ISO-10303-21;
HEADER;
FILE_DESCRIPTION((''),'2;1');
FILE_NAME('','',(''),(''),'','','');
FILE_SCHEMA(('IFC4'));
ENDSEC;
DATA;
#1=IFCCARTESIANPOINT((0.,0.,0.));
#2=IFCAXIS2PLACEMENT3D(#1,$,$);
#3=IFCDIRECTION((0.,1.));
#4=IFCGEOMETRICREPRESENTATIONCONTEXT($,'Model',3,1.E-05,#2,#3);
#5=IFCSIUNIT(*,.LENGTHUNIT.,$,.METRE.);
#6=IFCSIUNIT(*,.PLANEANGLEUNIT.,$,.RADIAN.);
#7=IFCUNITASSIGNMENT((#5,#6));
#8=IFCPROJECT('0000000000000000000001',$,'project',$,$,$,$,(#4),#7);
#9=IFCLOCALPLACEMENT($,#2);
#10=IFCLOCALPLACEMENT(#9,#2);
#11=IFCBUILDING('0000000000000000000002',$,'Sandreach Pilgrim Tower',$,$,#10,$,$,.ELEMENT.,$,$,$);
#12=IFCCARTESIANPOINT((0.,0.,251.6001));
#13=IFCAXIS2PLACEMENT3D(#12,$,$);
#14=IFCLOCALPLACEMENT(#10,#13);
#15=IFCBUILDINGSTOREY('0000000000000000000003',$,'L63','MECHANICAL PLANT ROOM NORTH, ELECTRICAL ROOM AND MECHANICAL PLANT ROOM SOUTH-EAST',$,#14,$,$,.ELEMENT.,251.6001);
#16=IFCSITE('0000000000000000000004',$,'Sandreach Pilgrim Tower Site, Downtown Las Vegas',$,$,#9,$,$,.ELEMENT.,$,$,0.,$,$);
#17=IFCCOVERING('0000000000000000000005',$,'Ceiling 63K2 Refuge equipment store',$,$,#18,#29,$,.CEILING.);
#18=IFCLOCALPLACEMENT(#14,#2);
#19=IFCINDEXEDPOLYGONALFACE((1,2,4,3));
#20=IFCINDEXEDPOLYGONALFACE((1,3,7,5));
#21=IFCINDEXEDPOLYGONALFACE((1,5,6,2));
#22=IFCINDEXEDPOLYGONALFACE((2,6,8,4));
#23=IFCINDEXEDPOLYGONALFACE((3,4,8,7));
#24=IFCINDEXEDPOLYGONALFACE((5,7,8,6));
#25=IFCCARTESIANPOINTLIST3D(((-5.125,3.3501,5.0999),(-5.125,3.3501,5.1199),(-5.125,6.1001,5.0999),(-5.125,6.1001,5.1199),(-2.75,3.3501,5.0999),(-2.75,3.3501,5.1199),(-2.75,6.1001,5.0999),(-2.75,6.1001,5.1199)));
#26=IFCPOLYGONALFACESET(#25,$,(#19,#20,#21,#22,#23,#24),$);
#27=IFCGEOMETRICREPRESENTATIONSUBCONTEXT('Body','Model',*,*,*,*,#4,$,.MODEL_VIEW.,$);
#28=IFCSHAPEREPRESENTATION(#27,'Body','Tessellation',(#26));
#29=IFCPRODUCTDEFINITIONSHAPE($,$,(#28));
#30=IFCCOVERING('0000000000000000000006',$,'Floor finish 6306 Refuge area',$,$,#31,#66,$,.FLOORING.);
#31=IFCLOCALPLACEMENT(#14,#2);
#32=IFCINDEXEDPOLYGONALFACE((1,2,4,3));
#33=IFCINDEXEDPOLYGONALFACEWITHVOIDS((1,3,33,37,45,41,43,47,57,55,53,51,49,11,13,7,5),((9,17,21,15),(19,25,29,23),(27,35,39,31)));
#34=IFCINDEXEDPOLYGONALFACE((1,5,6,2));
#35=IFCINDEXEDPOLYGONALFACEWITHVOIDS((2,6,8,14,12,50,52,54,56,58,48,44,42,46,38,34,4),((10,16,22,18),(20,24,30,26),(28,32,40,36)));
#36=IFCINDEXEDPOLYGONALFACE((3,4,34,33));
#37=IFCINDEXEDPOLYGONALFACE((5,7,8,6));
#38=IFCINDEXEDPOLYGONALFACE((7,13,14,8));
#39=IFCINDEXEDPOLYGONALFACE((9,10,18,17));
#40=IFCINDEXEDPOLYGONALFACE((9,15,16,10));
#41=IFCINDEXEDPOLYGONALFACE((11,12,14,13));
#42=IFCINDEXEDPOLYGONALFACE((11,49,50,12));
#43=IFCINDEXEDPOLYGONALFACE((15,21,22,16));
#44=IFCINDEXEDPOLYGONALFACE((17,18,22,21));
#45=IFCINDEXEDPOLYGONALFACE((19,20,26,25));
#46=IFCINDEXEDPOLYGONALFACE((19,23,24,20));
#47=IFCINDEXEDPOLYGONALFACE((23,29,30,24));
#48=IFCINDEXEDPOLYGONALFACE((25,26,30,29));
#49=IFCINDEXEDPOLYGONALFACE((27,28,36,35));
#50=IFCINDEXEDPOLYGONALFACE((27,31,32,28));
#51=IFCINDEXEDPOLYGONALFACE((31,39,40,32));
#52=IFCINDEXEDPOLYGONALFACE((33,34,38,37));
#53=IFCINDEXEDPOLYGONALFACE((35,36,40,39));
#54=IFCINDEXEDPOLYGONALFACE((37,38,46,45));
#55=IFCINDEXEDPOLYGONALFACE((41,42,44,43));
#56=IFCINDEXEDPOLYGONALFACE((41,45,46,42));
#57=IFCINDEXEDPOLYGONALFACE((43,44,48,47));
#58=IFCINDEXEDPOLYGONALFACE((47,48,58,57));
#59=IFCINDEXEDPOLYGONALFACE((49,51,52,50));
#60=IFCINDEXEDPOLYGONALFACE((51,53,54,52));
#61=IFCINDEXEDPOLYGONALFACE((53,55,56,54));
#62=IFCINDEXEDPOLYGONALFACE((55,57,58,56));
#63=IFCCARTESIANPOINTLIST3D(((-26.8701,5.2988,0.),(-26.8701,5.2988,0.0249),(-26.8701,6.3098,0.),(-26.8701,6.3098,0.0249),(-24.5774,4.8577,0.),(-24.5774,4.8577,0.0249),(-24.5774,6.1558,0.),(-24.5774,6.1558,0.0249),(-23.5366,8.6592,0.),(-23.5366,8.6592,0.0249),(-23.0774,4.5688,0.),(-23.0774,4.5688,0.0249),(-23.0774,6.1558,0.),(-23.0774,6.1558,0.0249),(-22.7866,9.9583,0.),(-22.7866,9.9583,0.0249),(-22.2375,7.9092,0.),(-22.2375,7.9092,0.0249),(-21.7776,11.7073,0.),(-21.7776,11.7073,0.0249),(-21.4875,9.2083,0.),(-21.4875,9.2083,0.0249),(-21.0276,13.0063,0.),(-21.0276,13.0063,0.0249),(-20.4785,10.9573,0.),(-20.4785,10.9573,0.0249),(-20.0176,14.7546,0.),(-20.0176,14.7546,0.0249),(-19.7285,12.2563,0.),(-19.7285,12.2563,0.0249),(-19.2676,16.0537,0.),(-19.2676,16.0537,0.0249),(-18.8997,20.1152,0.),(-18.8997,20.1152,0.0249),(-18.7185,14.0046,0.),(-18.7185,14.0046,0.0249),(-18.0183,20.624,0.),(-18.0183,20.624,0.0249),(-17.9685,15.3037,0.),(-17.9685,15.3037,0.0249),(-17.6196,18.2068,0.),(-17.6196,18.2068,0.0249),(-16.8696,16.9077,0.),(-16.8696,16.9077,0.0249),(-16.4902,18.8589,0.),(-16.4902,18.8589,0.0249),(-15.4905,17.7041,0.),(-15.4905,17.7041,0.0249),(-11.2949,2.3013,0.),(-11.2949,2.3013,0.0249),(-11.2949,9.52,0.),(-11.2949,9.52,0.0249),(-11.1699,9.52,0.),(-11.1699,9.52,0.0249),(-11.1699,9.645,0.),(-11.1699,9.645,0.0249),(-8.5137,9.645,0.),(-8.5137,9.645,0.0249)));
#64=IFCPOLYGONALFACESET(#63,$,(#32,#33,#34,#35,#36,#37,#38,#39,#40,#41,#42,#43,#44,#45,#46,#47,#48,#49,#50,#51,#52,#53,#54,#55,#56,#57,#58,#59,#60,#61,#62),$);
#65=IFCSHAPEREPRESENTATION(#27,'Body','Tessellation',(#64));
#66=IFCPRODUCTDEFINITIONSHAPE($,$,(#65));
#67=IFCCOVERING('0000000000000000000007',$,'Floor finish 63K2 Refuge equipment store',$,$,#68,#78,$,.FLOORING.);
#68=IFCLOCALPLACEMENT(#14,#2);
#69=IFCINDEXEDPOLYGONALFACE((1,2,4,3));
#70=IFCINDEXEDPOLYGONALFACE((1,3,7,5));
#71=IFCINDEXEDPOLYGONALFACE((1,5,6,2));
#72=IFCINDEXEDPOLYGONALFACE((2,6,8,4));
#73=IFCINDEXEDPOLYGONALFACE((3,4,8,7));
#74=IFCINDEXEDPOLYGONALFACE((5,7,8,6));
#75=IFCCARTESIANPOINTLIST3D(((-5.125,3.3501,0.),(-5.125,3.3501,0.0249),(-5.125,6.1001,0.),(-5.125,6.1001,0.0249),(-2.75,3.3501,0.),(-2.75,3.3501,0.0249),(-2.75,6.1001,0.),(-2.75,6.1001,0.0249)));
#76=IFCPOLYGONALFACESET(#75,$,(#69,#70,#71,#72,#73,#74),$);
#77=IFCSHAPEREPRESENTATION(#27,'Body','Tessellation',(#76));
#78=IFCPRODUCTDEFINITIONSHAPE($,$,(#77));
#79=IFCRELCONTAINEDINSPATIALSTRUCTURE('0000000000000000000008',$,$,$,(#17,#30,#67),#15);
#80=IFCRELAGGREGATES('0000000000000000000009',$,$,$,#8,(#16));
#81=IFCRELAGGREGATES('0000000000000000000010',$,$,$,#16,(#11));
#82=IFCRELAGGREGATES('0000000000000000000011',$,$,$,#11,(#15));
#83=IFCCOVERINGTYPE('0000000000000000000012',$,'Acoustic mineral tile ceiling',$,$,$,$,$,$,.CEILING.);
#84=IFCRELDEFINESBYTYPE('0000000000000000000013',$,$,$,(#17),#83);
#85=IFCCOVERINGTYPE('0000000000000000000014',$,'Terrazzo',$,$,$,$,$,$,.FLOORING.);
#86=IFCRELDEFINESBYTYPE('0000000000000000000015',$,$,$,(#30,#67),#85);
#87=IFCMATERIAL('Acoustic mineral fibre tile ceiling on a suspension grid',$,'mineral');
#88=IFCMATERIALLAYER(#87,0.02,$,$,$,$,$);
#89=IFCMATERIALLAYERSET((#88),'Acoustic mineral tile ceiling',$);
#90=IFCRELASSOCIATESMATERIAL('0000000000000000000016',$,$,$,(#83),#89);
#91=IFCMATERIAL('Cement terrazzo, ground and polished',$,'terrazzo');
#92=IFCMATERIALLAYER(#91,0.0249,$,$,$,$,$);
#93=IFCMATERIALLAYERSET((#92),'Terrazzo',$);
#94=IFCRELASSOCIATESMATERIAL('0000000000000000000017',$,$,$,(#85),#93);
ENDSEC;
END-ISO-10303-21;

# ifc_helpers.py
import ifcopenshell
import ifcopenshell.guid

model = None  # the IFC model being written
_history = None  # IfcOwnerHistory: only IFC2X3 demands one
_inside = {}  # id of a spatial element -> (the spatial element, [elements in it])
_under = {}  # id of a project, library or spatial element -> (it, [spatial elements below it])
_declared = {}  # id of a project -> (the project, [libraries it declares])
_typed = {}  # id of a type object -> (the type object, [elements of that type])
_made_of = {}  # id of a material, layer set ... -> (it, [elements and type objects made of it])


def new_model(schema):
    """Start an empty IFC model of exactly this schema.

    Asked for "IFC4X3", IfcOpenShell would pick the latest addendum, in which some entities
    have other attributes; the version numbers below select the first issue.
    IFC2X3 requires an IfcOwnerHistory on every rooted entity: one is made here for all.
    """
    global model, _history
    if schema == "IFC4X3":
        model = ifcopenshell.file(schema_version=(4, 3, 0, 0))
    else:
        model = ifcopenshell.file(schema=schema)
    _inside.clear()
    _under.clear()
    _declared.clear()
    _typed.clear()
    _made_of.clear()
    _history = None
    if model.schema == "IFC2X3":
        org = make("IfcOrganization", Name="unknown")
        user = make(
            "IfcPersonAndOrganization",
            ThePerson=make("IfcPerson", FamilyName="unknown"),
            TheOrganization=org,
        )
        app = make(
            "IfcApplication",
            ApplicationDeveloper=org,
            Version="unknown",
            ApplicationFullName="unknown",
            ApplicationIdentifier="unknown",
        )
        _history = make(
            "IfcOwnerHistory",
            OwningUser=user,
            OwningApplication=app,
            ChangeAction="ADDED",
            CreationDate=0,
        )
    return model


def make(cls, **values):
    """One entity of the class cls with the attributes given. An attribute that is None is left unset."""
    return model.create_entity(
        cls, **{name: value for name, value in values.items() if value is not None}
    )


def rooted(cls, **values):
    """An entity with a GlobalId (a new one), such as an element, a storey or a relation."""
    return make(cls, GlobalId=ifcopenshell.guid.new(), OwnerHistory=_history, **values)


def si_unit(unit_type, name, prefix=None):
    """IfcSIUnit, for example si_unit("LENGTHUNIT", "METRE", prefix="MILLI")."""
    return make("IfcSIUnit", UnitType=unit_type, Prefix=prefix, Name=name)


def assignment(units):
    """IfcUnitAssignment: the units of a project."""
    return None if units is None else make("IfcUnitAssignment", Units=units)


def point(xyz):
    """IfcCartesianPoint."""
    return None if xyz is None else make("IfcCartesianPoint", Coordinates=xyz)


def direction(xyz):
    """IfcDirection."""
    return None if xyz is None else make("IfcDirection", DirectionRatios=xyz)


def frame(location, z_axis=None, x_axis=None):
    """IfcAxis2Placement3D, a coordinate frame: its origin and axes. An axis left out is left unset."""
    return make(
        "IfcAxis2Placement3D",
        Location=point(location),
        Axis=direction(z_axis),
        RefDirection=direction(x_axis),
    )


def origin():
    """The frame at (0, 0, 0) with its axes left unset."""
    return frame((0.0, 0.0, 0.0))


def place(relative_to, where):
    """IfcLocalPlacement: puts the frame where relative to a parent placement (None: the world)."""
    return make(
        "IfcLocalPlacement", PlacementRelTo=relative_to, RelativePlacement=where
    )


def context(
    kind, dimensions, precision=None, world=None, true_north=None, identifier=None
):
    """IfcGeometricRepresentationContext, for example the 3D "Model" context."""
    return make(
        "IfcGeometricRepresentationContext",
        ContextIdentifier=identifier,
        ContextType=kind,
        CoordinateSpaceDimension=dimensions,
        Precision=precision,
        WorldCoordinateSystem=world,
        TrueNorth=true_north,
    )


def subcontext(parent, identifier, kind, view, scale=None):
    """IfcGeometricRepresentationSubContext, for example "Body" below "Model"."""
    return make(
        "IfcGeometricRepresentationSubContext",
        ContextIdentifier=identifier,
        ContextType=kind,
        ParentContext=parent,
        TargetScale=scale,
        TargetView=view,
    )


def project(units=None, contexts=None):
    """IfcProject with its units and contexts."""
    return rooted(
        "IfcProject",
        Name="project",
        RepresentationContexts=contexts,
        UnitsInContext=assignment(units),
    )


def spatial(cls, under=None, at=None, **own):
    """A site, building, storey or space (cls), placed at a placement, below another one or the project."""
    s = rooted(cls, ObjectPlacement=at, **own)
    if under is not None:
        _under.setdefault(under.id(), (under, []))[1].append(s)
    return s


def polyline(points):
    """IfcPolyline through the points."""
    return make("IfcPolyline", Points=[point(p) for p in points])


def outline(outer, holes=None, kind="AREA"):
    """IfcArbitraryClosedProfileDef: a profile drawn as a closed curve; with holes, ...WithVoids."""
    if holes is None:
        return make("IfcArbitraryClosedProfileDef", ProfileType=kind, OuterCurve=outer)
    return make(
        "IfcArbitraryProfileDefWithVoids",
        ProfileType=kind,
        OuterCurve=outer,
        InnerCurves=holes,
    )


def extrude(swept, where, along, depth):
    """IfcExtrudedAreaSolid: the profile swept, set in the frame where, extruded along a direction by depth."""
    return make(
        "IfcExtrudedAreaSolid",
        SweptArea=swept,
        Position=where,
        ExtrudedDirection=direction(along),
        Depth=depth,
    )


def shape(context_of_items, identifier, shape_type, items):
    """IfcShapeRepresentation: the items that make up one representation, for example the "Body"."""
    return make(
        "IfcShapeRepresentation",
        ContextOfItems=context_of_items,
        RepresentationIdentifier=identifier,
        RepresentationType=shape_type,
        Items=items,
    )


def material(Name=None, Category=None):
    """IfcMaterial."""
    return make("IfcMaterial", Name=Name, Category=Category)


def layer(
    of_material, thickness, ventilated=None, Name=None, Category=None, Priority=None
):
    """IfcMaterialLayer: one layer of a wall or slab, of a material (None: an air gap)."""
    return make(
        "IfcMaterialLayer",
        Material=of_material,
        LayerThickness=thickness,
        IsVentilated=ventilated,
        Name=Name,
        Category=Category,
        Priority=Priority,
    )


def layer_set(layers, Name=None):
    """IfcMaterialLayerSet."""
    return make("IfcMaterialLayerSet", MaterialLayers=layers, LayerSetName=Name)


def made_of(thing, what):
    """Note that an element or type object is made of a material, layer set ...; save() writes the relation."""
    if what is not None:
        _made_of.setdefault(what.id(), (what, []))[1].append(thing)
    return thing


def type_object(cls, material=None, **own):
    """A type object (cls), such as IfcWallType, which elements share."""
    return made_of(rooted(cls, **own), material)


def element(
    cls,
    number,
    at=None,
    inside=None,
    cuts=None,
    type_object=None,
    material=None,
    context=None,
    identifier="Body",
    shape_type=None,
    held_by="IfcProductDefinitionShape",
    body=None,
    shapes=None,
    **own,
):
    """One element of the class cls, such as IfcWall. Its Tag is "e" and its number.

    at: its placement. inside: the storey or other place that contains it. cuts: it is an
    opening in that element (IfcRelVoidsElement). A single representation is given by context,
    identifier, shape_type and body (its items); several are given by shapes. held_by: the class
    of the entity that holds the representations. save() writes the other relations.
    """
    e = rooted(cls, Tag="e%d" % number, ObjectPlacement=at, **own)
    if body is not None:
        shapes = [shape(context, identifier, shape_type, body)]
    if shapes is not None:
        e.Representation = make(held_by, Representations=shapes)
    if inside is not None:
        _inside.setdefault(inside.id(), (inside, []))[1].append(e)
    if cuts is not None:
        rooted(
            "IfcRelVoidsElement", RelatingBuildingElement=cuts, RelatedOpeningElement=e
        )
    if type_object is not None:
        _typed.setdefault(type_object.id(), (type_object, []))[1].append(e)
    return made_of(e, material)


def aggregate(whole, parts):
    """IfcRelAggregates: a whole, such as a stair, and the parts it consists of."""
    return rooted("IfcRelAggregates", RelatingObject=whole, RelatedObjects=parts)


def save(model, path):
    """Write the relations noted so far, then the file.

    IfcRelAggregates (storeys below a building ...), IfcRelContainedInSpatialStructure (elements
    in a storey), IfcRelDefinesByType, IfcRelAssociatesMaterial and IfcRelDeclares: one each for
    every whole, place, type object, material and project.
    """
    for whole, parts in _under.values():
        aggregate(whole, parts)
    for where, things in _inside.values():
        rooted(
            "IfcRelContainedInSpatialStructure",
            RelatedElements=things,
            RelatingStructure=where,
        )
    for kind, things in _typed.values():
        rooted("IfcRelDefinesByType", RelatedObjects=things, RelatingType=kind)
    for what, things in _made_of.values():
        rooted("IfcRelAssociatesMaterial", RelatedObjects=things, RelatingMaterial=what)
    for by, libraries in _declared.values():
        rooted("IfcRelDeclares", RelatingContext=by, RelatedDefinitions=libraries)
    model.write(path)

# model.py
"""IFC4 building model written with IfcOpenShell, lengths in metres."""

from ifc_helpers import new_model, si_unit, direction, frame, origin, place, context, subcontext, project, spatial, polyline, outline, extrude, material, layer, layer_set, type_object, element, save


model = new_model("IFC4")

# Units and contexts
model_context = context("Model", 3, precision=1e-05, world=origin(), true_north=direction((0.0, 1.0)))
body_context = subcontext(model_context, "Body", "Model", "MODEL_VIEW")
ifc_project = project(units=[si_unit("LENGTHUNIT", "METRE"), si_unit("PLANEANGLEUNIT", "RADIAN")], contexts=[model_context])

# Site, building, storey
site_placement = place(None, origin())
site = spatial("IfcSite", under=ifc_project, at=site_placement, Name="Sandreach Pilgrim Tower Site, Downtown Las Vegas", CompositionType="ELEMENT", RefElevation=0.0)
building_placement = place(site_placement, origin())
building = spatial("IfcBuilding", under=site, at=building_placement, Name="Sandreach Pilgrim Tower", CompositionType="ELEMENT")
storey_placement = place(building_placement, frame((0.0, 0.0, 251.6001)))
storey = spatial("IfcBuildingStorey", under=building, at=storey_placement, Name="L63", Description="MECHANICAL PLANT ROOM NORTH, ELECTRICAL ROOM AND MECHANICAL PLANT ROOM SOUTH-EAST", CompositionType="ELEMENT", Elevation=251.6001)

# Coverings
ifc_material_1 = material(Name="Acoustic mineral fibre tile ceiling on a suspension grid", Category="mineral")
ifc_layer_1 = layer(ifc_material_1, 0.02)
ifc_layer_set_1 = layer_set([ifc_layer_1], Name="Acoustic mineral tile ceiling")
covering_type_1 = type_object("IfcCoveringType", Name="Acoustic mineral tile ceiling", PredefinedType="CEILING", material=ifc_layer_set_1)
covering_1_placement = place(storey_placement, frame((0.0, 0.0, 5.0999)))
element("IfcCovering", 1, at=covering_1_placement, inside=storey, type_object=covering_type_1, Name="Ceiling 63K2 Refuge equipment store", PredefinedType="CEILING", context=body_context, shape_type="SweptSolid", body=[
    extrude(outline(polyline([(-5.125, 6.1001), (-2.75, 6.1001), (-2.75, 3.3501), (-5.125, 3.3501), (-5.125, 6.1001)])), origin(), (0.0, 0.0, 1.0), 0.02),
])
ifc_material_2 = material(Name="Cement terrazzo, ground and polished", Category="terrazzo")
ifc_layer_2 = layer(ifc_material_2, 0.0249)
ifc_layer_set_2 = layer_set([ifc_layer_2], Name="Terrazzo")
covering_type_2 = type_object("IfcCoveringType", Name="Terrazzo", PredefinedType="FLOORING", material=ifc_layer_set_2)
covering_2_placement = place(storey_placement, origin())
element("IfcCovering", 2, at=covering_2_placement, inside=storey, type_object=covering_type_2, Name="Floor finish 6306 Refuge area", PredefinedType="FLOORING", context=body_context, shape_type="SweptSolid", body=[
    extrude(outline(polyline([(-26.8701, 6.3098), (-18.8997, 20.1152), (-18.0183, 20.624), (-16.4902, 18.8589), (-17.6196, 18.2068), (-16.8696, 16.9077), (-15.4905, 17.7041), (-8.5137, 9.645), (-11.1699, 9.645), (-11.1699, 9.52), (-11.2949, 9.52), (-11.2949, 2.3013), (-23.0774, 4.5688), (-23.0774, 6.1558), (-24.5774, 6.1558), (-24.5774, 4.8577), (-26.8701, 5.2988), (-26.8701, 6.3098)]), holes=[polyline([(-17.9685, 15.3037), (-19.2676, 16.0537), (-20.0176, 14.7546), (-18.7185, 14.0046), (-17.9685, 15.3037)]), polyline([(-19.7285, 12.2563), (-21.0276, 13.0063), (-21.7776, 11.7073), (-20.4785, 10.9573), (-19.7285, 12.2563)]), polyline([(-22.2375, 7.9092), (-21.4875, 9.2083), (-22.7866, 9.9583), (-23.5366, 8.6592), (-22.2375, 7.9092)])]), origin(), (0.0, 0.0, 1.0), 0.0249),
])
covering_3_placement = place(storey_placement, origin())
element("IfcCovering", 3, at=covering_3_placement, inside=storey, type_object=covering_type_2, Name="Floor finish 63K2 Refuge equipment store", PredefinedType="FLOORING", context=body_context, shape_type="SweptSolid", body=[
    extrude(outline(polyline([(-5.125, 6.1001), (-2.75, 6.1001), (-2.75, 3.3501), (-5.125, 3.3501), (-5.125, 6.1001)])), origin(), (0.0, 0.0, 1.0), 0.0249),
])

save(model, "model.ifc")
